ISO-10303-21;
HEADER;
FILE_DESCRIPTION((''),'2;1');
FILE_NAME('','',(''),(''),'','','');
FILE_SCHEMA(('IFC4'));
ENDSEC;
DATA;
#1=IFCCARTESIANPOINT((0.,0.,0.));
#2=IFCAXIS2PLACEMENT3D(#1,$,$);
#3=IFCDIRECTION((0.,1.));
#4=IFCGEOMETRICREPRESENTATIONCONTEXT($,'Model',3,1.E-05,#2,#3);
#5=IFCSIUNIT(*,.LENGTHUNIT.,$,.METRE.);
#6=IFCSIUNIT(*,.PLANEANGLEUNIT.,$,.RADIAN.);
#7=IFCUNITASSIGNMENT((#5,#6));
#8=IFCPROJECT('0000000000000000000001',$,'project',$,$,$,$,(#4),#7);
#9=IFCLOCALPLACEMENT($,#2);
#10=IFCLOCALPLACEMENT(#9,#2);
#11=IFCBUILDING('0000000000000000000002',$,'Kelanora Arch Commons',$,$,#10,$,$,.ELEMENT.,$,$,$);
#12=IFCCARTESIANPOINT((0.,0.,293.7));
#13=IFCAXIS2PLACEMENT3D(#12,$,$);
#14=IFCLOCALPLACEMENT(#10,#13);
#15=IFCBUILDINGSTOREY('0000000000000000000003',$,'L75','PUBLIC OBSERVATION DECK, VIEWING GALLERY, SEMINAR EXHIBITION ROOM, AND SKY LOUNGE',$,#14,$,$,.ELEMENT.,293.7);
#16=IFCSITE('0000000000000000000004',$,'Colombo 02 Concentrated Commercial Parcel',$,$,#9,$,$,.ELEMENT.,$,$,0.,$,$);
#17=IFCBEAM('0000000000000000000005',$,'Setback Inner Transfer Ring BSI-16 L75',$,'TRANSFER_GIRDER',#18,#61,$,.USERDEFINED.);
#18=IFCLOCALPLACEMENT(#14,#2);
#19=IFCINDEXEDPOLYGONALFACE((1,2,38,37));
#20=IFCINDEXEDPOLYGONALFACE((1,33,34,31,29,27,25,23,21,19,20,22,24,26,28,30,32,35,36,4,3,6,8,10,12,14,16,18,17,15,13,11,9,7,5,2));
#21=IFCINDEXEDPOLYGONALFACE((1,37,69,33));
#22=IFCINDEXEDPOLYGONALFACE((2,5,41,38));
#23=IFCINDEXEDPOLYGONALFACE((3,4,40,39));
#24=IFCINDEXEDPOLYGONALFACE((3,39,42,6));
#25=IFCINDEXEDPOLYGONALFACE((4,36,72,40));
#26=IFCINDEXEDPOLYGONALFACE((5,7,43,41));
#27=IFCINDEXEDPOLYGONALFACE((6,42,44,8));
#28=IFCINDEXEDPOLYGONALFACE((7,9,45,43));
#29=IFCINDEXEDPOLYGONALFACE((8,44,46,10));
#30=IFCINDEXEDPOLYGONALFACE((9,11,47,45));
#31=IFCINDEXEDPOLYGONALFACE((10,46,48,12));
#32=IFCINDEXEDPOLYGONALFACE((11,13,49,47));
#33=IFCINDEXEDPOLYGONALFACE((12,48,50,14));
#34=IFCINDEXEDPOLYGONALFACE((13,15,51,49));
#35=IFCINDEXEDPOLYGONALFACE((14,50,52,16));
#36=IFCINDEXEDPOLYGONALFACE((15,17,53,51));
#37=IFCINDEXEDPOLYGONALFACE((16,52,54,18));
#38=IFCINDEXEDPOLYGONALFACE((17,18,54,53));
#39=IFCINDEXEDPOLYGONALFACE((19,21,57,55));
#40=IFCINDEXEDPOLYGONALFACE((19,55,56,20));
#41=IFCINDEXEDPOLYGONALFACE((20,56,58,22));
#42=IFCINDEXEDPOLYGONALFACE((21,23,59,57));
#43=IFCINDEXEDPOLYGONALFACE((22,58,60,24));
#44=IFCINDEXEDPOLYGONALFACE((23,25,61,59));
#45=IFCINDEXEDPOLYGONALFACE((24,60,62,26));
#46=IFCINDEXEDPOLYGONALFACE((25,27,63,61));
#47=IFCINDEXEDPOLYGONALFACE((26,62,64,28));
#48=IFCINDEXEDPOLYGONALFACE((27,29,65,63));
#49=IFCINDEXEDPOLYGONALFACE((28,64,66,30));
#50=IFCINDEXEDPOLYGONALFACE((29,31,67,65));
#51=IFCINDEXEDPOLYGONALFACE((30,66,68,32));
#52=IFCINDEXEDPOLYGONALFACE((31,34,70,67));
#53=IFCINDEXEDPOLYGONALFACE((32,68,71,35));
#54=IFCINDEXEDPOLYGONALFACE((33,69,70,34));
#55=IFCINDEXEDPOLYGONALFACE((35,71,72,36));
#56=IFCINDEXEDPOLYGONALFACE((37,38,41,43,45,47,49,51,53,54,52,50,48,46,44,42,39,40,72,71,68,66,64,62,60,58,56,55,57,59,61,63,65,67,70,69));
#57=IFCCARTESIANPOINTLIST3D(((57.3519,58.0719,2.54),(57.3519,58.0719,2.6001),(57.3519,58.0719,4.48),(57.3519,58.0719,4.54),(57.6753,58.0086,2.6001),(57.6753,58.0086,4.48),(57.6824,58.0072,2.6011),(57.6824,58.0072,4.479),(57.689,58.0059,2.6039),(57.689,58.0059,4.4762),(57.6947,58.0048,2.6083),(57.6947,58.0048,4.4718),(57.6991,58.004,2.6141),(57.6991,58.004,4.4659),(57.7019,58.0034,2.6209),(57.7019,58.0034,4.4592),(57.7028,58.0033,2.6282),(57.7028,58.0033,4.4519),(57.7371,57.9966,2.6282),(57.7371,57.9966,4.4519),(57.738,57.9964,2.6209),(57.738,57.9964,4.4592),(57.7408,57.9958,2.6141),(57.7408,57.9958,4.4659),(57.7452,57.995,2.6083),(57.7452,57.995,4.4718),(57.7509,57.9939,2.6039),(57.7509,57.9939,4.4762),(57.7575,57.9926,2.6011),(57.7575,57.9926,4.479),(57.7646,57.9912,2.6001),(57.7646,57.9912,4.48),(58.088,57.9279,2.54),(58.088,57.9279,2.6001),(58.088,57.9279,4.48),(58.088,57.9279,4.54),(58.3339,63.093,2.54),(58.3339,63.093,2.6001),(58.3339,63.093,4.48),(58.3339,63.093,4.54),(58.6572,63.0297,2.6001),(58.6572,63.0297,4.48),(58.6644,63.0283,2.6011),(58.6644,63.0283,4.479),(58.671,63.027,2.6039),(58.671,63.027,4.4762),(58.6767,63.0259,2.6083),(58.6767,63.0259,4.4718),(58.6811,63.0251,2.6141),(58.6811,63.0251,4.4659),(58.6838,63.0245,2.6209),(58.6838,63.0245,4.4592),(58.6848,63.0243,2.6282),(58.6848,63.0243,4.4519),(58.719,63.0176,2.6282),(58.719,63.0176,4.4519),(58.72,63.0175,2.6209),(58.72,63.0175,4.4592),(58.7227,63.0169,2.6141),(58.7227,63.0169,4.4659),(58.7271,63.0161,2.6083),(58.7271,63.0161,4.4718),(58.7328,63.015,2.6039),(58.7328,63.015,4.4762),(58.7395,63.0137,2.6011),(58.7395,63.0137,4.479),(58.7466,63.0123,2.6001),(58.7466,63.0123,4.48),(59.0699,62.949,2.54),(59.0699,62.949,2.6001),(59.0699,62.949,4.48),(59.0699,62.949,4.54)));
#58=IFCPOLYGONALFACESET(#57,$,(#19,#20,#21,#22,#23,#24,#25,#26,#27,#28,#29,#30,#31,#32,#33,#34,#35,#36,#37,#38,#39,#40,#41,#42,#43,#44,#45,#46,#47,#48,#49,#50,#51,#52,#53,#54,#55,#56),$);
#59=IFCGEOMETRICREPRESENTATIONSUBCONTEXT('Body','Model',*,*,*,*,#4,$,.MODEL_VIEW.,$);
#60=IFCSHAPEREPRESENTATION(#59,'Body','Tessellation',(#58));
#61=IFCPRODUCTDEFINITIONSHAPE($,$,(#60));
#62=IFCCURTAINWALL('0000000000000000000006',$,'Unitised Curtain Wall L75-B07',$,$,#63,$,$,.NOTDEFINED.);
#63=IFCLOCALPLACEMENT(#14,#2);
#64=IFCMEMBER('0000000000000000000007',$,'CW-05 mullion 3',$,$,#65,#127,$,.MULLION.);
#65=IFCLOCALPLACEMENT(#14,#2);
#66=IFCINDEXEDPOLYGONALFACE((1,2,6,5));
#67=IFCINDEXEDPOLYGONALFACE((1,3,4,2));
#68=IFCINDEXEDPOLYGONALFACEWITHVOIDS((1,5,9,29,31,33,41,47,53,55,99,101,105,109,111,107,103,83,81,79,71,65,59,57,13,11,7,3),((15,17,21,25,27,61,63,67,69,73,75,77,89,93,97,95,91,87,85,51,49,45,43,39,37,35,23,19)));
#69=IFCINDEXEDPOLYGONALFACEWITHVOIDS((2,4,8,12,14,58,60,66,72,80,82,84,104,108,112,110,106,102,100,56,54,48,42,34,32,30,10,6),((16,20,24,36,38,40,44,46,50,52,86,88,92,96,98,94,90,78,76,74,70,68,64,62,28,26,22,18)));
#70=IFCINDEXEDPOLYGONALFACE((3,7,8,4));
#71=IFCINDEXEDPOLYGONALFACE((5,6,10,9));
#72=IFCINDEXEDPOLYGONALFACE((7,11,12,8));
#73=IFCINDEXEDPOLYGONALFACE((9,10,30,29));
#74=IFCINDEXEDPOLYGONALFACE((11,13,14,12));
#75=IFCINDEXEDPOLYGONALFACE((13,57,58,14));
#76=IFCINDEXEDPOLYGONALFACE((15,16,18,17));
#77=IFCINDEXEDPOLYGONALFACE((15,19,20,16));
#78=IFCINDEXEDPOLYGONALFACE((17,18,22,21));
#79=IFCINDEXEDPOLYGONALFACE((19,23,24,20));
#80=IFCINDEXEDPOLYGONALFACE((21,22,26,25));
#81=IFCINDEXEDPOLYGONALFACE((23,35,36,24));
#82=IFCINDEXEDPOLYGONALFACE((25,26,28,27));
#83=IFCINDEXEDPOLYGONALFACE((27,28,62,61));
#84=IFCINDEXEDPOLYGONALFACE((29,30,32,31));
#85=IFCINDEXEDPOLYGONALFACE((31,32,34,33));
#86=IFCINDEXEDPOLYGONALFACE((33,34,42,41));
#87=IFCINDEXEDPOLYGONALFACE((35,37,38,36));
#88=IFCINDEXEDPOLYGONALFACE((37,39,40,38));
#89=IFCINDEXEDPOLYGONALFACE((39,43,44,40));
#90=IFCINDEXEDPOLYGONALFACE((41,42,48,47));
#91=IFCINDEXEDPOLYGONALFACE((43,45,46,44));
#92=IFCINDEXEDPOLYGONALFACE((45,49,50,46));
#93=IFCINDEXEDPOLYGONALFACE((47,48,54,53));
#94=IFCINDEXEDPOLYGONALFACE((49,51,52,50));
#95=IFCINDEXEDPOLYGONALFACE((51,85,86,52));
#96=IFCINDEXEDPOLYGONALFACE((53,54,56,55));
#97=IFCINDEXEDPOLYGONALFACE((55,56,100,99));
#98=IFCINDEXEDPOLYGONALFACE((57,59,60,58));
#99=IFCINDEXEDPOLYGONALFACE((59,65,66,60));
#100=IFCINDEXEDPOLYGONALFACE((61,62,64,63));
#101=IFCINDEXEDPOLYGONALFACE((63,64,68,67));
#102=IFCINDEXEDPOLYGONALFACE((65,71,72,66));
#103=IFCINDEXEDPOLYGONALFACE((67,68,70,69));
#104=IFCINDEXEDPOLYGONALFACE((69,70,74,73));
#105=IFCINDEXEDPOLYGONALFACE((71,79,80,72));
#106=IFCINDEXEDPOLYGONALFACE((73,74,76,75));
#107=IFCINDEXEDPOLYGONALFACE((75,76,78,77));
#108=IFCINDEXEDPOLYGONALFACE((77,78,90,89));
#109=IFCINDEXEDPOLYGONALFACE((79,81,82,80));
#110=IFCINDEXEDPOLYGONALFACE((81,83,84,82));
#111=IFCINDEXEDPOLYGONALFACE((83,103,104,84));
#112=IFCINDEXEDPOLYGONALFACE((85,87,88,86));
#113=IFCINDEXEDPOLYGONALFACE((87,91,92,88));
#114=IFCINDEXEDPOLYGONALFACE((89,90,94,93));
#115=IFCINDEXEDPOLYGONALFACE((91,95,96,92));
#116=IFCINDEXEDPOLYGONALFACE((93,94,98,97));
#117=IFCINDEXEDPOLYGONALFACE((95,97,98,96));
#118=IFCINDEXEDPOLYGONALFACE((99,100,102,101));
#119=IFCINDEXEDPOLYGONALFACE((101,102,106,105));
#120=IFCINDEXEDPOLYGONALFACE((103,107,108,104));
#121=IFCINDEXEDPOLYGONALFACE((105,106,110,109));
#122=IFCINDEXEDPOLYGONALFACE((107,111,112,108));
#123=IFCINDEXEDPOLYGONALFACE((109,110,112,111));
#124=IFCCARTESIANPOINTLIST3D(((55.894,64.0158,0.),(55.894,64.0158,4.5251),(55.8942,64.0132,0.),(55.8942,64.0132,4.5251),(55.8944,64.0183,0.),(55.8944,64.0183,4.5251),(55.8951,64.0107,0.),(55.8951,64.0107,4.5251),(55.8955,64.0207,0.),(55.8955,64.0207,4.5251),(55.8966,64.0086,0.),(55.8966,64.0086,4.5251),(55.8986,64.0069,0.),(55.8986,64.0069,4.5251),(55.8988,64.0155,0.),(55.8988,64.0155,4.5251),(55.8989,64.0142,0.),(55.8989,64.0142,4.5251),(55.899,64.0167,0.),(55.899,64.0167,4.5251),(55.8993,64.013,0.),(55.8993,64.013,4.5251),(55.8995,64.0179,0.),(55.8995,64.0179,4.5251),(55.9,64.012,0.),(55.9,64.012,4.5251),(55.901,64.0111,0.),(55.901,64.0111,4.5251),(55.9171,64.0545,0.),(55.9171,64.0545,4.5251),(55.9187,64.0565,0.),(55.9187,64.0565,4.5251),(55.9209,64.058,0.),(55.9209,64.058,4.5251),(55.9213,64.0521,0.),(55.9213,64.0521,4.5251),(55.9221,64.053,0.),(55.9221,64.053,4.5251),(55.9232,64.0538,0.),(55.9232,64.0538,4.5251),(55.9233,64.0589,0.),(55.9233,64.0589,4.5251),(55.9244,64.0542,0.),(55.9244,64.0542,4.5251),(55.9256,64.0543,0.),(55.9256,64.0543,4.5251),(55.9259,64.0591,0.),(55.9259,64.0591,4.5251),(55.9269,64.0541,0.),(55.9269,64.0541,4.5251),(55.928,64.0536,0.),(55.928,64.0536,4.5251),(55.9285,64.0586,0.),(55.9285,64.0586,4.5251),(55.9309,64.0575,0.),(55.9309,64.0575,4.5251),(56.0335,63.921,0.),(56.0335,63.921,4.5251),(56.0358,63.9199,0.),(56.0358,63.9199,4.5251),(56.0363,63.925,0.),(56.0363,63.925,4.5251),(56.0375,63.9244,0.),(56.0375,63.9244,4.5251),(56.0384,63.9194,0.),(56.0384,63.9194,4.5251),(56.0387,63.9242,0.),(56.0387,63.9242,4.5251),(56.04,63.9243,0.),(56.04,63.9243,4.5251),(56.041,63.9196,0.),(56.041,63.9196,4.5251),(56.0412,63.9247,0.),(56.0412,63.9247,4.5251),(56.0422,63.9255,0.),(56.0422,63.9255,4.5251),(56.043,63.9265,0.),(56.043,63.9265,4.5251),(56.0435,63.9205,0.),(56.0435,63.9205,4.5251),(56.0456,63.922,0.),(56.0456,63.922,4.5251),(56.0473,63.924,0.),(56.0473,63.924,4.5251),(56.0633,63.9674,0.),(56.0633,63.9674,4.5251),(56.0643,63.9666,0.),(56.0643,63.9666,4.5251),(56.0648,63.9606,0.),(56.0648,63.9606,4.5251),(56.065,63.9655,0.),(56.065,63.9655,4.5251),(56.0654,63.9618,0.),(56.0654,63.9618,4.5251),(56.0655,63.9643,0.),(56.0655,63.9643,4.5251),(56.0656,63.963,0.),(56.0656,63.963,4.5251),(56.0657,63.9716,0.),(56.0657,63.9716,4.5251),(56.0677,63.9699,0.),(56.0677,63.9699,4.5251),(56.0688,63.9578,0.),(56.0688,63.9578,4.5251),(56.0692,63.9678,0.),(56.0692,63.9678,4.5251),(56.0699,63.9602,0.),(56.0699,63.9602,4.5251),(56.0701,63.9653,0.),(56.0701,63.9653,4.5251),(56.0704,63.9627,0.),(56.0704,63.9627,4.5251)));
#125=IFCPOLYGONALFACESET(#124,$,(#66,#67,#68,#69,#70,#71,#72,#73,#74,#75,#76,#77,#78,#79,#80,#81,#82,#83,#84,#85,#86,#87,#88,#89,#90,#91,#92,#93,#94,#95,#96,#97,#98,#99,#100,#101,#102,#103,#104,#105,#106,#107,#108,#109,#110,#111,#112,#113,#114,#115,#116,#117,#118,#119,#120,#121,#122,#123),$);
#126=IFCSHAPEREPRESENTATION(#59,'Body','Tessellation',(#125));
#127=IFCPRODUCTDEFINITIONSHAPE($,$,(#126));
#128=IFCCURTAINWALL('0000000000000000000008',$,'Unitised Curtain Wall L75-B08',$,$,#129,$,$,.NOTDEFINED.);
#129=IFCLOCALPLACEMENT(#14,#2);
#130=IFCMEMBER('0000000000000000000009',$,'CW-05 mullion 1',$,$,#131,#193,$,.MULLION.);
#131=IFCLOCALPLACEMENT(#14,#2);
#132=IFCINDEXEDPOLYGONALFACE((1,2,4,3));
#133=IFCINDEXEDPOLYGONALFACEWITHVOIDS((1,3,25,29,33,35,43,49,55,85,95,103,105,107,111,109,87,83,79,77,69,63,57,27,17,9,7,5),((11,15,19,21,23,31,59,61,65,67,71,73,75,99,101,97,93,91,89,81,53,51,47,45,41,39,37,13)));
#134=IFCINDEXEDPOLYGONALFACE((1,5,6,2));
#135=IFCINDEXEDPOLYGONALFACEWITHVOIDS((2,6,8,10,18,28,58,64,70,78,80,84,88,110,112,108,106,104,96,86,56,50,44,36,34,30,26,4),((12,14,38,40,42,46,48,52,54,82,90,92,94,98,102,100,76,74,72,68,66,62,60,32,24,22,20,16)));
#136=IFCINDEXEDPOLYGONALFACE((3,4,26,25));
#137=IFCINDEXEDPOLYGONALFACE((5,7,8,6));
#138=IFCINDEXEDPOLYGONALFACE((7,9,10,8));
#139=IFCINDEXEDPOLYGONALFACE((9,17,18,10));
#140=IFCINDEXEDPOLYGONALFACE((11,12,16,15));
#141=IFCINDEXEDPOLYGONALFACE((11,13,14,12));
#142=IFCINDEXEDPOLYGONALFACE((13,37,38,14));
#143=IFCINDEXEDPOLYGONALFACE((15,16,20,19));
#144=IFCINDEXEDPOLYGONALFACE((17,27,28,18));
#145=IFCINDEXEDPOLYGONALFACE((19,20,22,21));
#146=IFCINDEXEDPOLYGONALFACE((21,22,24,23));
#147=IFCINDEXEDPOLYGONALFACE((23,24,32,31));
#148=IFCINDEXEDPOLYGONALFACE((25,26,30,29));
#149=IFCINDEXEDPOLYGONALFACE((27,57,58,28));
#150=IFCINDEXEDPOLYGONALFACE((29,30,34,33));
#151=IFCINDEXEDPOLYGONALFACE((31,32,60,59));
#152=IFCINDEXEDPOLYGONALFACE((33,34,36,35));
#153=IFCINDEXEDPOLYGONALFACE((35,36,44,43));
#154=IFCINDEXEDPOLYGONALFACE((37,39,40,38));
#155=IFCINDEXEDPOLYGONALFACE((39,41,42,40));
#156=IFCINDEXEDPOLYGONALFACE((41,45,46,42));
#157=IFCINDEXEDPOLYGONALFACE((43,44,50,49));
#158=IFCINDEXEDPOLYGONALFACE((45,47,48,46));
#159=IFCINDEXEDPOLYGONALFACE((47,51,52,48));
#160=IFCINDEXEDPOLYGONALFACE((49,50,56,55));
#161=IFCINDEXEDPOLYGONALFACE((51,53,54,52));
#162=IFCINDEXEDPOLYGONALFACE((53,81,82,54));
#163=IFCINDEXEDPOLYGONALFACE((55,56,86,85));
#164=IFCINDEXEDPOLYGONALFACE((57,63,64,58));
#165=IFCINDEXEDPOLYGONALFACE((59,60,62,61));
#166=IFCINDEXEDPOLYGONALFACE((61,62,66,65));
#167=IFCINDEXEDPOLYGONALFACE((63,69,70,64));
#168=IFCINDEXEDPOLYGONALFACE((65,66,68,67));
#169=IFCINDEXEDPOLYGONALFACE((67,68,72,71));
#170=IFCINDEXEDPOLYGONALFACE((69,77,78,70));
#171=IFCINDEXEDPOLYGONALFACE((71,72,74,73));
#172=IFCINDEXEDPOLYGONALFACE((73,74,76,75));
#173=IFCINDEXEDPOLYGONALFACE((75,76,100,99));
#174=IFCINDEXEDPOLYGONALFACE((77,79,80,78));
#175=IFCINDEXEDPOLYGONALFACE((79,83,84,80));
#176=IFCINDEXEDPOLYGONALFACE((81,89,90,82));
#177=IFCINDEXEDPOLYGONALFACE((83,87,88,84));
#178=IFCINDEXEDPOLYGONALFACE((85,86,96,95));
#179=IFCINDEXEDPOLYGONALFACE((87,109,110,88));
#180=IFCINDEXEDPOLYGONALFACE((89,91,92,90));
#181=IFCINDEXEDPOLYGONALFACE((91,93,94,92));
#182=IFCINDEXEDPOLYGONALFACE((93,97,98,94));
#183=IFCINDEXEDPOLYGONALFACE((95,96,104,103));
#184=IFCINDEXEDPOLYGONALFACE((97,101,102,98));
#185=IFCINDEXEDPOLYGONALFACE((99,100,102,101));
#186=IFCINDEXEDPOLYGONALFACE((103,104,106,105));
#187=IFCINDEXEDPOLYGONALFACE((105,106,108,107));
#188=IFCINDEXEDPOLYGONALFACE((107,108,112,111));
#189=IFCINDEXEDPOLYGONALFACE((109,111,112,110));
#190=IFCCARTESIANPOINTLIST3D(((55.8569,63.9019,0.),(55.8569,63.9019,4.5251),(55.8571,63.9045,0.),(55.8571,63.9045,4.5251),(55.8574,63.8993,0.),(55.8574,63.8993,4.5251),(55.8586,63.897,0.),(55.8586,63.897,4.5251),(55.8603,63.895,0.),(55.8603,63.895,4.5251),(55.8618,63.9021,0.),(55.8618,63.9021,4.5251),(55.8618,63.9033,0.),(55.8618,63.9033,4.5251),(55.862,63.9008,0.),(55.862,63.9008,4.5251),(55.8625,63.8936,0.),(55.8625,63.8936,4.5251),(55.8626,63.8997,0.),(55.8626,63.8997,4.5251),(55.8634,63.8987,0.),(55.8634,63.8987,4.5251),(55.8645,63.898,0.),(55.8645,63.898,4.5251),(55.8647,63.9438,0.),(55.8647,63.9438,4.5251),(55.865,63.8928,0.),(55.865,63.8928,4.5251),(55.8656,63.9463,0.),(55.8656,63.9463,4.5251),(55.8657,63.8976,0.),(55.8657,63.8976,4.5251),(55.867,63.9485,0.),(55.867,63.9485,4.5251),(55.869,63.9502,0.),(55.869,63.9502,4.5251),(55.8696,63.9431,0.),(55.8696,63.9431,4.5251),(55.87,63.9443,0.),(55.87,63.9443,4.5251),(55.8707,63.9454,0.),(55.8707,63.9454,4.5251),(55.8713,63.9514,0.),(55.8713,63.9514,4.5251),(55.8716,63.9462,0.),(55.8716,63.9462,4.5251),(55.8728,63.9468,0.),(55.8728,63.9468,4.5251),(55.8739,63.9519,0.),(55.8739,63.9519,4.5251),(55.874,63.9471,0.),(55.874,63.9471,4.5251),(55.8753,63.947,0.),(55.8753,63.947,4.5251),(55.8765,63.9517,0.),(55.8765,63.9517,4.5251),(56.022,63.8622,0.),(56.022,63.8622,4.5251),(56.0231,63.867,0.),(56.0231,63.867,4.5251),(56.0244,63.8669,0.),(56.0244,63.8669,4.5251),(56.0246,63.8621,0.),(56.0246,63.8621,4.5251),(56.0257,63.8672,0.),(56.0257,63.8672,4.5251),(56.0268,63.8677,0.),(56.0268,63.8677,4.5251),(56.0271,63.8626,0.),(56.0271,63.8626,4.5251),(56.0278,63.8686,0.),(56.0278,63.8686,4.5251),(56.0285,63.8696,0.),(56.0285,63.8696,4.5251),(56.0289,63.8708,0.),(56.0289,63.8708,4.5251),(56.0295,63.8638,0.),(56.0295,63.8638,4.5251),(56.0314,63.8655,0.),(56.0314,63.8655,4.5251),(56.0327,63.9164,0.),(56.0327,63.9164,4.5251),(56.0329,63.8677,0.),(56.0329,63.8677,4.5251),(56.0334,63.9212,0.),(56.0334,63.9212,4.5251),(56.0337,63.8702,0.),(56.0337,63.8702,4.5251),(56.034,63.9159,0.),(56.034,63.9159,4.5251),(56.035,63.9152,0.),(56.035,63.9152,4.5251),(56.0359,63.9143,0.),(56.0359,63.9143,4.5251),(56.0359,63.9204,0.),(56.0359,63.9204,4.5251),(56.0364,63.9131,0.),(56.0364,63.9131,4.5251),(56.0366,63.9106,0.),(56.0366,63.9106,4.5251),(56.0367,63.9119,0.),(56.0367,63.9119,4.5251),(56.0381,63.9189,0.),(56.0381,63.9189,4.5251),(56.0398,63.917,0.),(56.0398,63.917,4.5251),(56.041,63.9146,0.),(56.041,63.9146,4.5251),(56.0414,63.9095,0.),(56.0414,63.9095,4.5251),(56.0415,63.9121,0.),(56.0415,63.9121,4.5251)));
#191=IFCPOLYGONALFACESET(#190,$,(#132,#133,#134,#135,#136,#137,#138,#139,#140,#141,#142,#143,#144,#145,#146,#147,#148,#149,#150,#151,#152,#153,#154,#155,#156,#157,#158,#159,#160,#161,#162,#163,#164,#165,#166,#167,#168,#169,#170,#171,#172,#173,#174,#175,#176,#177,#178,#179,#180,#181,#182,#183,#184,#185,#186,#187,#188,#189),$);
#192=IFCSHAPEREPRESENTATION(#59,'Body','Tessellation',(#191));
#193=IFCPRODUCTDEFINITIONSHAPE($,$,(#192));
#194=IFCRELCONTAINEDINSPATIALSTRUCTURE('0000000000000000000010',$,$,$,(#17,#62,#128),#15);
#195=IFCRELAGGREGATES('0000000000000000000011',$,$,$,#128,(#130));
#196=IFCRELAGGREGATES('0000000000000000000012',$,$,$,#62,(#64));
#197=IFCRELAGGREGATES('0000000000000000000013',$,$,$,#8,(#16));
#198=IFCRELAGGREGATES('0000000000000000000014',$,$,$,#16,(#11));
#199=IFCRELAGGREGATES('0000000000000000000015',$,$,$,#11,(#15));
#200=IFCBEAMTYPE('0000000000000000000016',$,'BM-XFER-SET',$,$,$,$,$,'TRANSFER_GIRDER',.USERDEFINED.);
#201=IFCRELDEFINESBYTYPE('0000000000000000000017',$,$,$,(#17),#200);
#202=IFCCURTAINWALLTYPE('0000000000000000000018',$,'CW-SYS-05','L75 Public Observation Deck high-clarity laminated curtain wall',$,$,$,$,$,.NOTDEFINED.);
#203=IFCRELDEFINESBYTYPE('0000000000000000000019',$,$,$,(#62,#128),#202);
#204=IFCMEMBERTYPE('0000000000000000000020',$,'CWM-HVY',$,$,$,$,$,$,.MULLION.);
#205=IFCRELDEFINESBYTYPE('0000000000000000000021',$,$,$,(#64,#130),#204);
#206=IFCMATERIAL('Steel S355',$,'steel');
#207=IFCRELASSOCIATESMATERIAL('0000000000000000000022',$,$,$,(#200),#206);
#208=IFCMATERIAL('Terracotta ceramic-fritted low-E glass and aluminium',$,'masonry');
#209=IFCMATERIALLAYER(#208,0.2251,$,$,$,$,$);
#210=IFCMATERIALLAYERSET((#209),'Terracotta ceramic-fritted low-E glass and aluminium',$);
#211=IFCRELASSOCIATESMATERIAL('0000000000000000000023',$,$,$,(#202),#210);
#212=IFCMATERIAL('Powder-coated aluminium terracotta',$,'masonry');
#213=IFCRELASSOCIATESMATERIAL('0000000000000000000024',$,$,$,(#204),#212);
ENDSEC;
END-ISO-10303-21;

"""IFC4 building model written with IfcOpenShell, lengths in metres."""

from ifc_helpers import new_model, si_unit, direction, frame, origin, origin_2d, place, context, subcontext, project, spatial, hollow_rectangle, i_section, extrude, material, layer, layer_set, material_profile, profile_set, type_object, element, aggregate, save


model = new_model("IFC4")

# Units and contexts
model_context = context("Model", 3, precision=1e-05, world=origin(), true_north=direction((0.0, 1.0)))
body_context = subcontext(model_context, "Body", "Model", "MODEL_VIEW")
ifc_project = project(units=[si_unit("LENGTHUNIT", "METRE"), si_unit("PLANEANGLEUNIT", "RADIAN")], contexts=[model_context])

# Site, building, storey
site_placement = place(None, origin())
site = spatial("IfcSite", under=ifc_project, at=site_placement, Name="Colombo 02 Concentrated Commercial Parcel", CompositionType="ELEMENT", RefElevation=0.0)
building_placement = place(site_placement, origin())
building = spatial("IfcBuilding", under=site, at=building_placement, Name="Kelanora Arch Commons", CompositionType="ELEMENT")
storey_placement = place(building_placement, frame((0.0, 0.0, 293.7)))
storey = spatial("IfcBuildingStorey", under=building, at=storey_placement, Name="L75", Description="PUBLIC OBSERVATION DECK, VIEWING GALLERY, SEMINAR EXHIBITION ROOM, AND SKY LOUNGE", CompositionType="ELEMENT", Elevation=293.7)

# Beam
ifc_material_1 = material(Name="Steel S355", Category="steel")
ifc_material_profile_1 = material_profile(ifc_material_1, i_section(OverallWidth=0.75, OverallDepth=2.0, WebThickness=0.0349, FlangeThickness=0.0601, FilletRadius=0.0281, at=origin_2d()), Name="PG2000x750")
ifc_profile_set_1 = profile_set([ifc_material_profile_1], Name="Steel S355")
beam_type_1 = type_object("IfcBeamType", Name="BM-XFER-SET", ElementType="TRANSFER_GIRDER", PredefinedType="USERDEFINED", material=ifc_profile_set_1)
beam_1_placement = place(storey_placement, frame((58.7019, 63.021, 3.54), z_axis=(-0.19193, -0.981409, 0.0), x_axis=(0.981409, -0.19193, 0.0)))
element("IfcBeam", 1, at=beam_1_placement, inside=storey, type_object=beam_type_1, Name="Setback Inner Transfer Ring BSI-16 L75", ObjectType="TRANSFER_GIRDER", PredefinedType="USERDEFINED", context=body_context, shape_type="SweptSolid", body=[
    extrude(i_section(OverallWidth=0.75, OverallDepth=2.0, WebThickness=0.0349, FlangeThickness=0.0601, FilletRadius=0.0281, at=origin_2d()), origin(), (0.0, 0.0, 1.0), 5.1162),
])

# Curtain wall, member
ifc_material_2 = material(Name="Terracotta ceramic-fritted low-E glass and aluminium", Category="masonry")
ifc_layer_1 = layer(ifc_material_2, 0.2251)
ifc_layer_set_1 = layer_set([ifc_layer_1], Name="Terracotta ceramic-fritted low-E glass and aluminium")
curtain_wall_type = type_object("IfcCurtainWallType", Name="CW-SYS-05", Description="L75 Public Observation Deck high-clarity laminated curtain wall", PredefinedType="NOTDEFINED", material=ifc_layer_set_1)
curtain_wall_1_placement = place(storey_placement, origin())
curtain_wall_1 = element("IfcCurtainWall", 2, at=curtain_wall_1_placement, inside=storey, type_object=curtain_wall_type, Name="Unitised Curtain Wall L75-B07", PredefinedType="NOTDEFINED")
ifc_material_3 = material(Name="Powder-coated aluminium terracotta", Category="masonry")
ifc_material_profile_2 = material_profile(ifc_material_3, hollow_rectangle(XDim=0.1799, YDim=0.0601, WallThickness=0.0049, InnerFilletRadius=0.0049, OuterFilletRadius=0.01, at=origin_2d()), Name="CWM180x60")
ifc_profile_set_2 = profile_set([ifc_material_profile_2], Name="Powder-coated aluminium terracotta")
member_type_1 = type_object("IfcMemberType", Name="CWM-HVY", PredefinedType="MULLION", material=ifc_profile_set_2)
member_1_placement = place(storey_placement, frame((55.9822, 63.9893, 0.0), z_axis=(0.0, 0.0, 1.0), x_axis=(0.843391, -0.5373, 0.0)))
member_1 = element("IfcMember", 3, at=member_1_placement, type_object=member_type_1, Name="CW-05 mullion 3", PredefinedType="MULLION", context=body_context, shape_type="SweptSolid", body=[
    extrude(hollow_rectangle(XDim=0.1799, YDim=0.0601, WallThickness=0.0049, InnerFilletRadius=0.0049, OuterFilletRadius=0.01, at=origin_2d()), origin(), (0.0, 0.0, 1.0), 4.5251),
])

# Curtain wall, member
curtain_wall_2_placement = place(storey_placement, origin())
curtain_wall_2 = element("IfcCurtainWall", 4, at=curtain_wall_2_placement, inside=storey, type_object=curtain_wall_type, Name="Unitised Curtain Wall L75-B08", PredefinedType="NOTDEFINED")
member_2_placement = place(storey_placement, frame((55.9492, 63.907, 0.0), z_axis=(0.0, 0.0, 1.0), x_axis=(0.981596, -0.190972, 0.0)))
member_2 = element("IfcMember", 5, at=member_2_placement, type_object=member_type_1, Name="CW-05 mullion 1", PredefinedType="MULLION", context=body_context, shape_type="SweptSolid", body=[
    extrude(hollow_rectangle(XDim=0.1799, YDim=0.0601, WallThickness=0.0049, InnerFilletRadius=0.0049, OuterFilletRadius=0.01, at=origin_2d()), origin(), (0.0, 0.0, 1.0), 4.5251),
])

aggregate(curtain_wall_2, [member_2])
aggregate(curtain_wall_1, [member_1])

save(model, "model.ifc")
